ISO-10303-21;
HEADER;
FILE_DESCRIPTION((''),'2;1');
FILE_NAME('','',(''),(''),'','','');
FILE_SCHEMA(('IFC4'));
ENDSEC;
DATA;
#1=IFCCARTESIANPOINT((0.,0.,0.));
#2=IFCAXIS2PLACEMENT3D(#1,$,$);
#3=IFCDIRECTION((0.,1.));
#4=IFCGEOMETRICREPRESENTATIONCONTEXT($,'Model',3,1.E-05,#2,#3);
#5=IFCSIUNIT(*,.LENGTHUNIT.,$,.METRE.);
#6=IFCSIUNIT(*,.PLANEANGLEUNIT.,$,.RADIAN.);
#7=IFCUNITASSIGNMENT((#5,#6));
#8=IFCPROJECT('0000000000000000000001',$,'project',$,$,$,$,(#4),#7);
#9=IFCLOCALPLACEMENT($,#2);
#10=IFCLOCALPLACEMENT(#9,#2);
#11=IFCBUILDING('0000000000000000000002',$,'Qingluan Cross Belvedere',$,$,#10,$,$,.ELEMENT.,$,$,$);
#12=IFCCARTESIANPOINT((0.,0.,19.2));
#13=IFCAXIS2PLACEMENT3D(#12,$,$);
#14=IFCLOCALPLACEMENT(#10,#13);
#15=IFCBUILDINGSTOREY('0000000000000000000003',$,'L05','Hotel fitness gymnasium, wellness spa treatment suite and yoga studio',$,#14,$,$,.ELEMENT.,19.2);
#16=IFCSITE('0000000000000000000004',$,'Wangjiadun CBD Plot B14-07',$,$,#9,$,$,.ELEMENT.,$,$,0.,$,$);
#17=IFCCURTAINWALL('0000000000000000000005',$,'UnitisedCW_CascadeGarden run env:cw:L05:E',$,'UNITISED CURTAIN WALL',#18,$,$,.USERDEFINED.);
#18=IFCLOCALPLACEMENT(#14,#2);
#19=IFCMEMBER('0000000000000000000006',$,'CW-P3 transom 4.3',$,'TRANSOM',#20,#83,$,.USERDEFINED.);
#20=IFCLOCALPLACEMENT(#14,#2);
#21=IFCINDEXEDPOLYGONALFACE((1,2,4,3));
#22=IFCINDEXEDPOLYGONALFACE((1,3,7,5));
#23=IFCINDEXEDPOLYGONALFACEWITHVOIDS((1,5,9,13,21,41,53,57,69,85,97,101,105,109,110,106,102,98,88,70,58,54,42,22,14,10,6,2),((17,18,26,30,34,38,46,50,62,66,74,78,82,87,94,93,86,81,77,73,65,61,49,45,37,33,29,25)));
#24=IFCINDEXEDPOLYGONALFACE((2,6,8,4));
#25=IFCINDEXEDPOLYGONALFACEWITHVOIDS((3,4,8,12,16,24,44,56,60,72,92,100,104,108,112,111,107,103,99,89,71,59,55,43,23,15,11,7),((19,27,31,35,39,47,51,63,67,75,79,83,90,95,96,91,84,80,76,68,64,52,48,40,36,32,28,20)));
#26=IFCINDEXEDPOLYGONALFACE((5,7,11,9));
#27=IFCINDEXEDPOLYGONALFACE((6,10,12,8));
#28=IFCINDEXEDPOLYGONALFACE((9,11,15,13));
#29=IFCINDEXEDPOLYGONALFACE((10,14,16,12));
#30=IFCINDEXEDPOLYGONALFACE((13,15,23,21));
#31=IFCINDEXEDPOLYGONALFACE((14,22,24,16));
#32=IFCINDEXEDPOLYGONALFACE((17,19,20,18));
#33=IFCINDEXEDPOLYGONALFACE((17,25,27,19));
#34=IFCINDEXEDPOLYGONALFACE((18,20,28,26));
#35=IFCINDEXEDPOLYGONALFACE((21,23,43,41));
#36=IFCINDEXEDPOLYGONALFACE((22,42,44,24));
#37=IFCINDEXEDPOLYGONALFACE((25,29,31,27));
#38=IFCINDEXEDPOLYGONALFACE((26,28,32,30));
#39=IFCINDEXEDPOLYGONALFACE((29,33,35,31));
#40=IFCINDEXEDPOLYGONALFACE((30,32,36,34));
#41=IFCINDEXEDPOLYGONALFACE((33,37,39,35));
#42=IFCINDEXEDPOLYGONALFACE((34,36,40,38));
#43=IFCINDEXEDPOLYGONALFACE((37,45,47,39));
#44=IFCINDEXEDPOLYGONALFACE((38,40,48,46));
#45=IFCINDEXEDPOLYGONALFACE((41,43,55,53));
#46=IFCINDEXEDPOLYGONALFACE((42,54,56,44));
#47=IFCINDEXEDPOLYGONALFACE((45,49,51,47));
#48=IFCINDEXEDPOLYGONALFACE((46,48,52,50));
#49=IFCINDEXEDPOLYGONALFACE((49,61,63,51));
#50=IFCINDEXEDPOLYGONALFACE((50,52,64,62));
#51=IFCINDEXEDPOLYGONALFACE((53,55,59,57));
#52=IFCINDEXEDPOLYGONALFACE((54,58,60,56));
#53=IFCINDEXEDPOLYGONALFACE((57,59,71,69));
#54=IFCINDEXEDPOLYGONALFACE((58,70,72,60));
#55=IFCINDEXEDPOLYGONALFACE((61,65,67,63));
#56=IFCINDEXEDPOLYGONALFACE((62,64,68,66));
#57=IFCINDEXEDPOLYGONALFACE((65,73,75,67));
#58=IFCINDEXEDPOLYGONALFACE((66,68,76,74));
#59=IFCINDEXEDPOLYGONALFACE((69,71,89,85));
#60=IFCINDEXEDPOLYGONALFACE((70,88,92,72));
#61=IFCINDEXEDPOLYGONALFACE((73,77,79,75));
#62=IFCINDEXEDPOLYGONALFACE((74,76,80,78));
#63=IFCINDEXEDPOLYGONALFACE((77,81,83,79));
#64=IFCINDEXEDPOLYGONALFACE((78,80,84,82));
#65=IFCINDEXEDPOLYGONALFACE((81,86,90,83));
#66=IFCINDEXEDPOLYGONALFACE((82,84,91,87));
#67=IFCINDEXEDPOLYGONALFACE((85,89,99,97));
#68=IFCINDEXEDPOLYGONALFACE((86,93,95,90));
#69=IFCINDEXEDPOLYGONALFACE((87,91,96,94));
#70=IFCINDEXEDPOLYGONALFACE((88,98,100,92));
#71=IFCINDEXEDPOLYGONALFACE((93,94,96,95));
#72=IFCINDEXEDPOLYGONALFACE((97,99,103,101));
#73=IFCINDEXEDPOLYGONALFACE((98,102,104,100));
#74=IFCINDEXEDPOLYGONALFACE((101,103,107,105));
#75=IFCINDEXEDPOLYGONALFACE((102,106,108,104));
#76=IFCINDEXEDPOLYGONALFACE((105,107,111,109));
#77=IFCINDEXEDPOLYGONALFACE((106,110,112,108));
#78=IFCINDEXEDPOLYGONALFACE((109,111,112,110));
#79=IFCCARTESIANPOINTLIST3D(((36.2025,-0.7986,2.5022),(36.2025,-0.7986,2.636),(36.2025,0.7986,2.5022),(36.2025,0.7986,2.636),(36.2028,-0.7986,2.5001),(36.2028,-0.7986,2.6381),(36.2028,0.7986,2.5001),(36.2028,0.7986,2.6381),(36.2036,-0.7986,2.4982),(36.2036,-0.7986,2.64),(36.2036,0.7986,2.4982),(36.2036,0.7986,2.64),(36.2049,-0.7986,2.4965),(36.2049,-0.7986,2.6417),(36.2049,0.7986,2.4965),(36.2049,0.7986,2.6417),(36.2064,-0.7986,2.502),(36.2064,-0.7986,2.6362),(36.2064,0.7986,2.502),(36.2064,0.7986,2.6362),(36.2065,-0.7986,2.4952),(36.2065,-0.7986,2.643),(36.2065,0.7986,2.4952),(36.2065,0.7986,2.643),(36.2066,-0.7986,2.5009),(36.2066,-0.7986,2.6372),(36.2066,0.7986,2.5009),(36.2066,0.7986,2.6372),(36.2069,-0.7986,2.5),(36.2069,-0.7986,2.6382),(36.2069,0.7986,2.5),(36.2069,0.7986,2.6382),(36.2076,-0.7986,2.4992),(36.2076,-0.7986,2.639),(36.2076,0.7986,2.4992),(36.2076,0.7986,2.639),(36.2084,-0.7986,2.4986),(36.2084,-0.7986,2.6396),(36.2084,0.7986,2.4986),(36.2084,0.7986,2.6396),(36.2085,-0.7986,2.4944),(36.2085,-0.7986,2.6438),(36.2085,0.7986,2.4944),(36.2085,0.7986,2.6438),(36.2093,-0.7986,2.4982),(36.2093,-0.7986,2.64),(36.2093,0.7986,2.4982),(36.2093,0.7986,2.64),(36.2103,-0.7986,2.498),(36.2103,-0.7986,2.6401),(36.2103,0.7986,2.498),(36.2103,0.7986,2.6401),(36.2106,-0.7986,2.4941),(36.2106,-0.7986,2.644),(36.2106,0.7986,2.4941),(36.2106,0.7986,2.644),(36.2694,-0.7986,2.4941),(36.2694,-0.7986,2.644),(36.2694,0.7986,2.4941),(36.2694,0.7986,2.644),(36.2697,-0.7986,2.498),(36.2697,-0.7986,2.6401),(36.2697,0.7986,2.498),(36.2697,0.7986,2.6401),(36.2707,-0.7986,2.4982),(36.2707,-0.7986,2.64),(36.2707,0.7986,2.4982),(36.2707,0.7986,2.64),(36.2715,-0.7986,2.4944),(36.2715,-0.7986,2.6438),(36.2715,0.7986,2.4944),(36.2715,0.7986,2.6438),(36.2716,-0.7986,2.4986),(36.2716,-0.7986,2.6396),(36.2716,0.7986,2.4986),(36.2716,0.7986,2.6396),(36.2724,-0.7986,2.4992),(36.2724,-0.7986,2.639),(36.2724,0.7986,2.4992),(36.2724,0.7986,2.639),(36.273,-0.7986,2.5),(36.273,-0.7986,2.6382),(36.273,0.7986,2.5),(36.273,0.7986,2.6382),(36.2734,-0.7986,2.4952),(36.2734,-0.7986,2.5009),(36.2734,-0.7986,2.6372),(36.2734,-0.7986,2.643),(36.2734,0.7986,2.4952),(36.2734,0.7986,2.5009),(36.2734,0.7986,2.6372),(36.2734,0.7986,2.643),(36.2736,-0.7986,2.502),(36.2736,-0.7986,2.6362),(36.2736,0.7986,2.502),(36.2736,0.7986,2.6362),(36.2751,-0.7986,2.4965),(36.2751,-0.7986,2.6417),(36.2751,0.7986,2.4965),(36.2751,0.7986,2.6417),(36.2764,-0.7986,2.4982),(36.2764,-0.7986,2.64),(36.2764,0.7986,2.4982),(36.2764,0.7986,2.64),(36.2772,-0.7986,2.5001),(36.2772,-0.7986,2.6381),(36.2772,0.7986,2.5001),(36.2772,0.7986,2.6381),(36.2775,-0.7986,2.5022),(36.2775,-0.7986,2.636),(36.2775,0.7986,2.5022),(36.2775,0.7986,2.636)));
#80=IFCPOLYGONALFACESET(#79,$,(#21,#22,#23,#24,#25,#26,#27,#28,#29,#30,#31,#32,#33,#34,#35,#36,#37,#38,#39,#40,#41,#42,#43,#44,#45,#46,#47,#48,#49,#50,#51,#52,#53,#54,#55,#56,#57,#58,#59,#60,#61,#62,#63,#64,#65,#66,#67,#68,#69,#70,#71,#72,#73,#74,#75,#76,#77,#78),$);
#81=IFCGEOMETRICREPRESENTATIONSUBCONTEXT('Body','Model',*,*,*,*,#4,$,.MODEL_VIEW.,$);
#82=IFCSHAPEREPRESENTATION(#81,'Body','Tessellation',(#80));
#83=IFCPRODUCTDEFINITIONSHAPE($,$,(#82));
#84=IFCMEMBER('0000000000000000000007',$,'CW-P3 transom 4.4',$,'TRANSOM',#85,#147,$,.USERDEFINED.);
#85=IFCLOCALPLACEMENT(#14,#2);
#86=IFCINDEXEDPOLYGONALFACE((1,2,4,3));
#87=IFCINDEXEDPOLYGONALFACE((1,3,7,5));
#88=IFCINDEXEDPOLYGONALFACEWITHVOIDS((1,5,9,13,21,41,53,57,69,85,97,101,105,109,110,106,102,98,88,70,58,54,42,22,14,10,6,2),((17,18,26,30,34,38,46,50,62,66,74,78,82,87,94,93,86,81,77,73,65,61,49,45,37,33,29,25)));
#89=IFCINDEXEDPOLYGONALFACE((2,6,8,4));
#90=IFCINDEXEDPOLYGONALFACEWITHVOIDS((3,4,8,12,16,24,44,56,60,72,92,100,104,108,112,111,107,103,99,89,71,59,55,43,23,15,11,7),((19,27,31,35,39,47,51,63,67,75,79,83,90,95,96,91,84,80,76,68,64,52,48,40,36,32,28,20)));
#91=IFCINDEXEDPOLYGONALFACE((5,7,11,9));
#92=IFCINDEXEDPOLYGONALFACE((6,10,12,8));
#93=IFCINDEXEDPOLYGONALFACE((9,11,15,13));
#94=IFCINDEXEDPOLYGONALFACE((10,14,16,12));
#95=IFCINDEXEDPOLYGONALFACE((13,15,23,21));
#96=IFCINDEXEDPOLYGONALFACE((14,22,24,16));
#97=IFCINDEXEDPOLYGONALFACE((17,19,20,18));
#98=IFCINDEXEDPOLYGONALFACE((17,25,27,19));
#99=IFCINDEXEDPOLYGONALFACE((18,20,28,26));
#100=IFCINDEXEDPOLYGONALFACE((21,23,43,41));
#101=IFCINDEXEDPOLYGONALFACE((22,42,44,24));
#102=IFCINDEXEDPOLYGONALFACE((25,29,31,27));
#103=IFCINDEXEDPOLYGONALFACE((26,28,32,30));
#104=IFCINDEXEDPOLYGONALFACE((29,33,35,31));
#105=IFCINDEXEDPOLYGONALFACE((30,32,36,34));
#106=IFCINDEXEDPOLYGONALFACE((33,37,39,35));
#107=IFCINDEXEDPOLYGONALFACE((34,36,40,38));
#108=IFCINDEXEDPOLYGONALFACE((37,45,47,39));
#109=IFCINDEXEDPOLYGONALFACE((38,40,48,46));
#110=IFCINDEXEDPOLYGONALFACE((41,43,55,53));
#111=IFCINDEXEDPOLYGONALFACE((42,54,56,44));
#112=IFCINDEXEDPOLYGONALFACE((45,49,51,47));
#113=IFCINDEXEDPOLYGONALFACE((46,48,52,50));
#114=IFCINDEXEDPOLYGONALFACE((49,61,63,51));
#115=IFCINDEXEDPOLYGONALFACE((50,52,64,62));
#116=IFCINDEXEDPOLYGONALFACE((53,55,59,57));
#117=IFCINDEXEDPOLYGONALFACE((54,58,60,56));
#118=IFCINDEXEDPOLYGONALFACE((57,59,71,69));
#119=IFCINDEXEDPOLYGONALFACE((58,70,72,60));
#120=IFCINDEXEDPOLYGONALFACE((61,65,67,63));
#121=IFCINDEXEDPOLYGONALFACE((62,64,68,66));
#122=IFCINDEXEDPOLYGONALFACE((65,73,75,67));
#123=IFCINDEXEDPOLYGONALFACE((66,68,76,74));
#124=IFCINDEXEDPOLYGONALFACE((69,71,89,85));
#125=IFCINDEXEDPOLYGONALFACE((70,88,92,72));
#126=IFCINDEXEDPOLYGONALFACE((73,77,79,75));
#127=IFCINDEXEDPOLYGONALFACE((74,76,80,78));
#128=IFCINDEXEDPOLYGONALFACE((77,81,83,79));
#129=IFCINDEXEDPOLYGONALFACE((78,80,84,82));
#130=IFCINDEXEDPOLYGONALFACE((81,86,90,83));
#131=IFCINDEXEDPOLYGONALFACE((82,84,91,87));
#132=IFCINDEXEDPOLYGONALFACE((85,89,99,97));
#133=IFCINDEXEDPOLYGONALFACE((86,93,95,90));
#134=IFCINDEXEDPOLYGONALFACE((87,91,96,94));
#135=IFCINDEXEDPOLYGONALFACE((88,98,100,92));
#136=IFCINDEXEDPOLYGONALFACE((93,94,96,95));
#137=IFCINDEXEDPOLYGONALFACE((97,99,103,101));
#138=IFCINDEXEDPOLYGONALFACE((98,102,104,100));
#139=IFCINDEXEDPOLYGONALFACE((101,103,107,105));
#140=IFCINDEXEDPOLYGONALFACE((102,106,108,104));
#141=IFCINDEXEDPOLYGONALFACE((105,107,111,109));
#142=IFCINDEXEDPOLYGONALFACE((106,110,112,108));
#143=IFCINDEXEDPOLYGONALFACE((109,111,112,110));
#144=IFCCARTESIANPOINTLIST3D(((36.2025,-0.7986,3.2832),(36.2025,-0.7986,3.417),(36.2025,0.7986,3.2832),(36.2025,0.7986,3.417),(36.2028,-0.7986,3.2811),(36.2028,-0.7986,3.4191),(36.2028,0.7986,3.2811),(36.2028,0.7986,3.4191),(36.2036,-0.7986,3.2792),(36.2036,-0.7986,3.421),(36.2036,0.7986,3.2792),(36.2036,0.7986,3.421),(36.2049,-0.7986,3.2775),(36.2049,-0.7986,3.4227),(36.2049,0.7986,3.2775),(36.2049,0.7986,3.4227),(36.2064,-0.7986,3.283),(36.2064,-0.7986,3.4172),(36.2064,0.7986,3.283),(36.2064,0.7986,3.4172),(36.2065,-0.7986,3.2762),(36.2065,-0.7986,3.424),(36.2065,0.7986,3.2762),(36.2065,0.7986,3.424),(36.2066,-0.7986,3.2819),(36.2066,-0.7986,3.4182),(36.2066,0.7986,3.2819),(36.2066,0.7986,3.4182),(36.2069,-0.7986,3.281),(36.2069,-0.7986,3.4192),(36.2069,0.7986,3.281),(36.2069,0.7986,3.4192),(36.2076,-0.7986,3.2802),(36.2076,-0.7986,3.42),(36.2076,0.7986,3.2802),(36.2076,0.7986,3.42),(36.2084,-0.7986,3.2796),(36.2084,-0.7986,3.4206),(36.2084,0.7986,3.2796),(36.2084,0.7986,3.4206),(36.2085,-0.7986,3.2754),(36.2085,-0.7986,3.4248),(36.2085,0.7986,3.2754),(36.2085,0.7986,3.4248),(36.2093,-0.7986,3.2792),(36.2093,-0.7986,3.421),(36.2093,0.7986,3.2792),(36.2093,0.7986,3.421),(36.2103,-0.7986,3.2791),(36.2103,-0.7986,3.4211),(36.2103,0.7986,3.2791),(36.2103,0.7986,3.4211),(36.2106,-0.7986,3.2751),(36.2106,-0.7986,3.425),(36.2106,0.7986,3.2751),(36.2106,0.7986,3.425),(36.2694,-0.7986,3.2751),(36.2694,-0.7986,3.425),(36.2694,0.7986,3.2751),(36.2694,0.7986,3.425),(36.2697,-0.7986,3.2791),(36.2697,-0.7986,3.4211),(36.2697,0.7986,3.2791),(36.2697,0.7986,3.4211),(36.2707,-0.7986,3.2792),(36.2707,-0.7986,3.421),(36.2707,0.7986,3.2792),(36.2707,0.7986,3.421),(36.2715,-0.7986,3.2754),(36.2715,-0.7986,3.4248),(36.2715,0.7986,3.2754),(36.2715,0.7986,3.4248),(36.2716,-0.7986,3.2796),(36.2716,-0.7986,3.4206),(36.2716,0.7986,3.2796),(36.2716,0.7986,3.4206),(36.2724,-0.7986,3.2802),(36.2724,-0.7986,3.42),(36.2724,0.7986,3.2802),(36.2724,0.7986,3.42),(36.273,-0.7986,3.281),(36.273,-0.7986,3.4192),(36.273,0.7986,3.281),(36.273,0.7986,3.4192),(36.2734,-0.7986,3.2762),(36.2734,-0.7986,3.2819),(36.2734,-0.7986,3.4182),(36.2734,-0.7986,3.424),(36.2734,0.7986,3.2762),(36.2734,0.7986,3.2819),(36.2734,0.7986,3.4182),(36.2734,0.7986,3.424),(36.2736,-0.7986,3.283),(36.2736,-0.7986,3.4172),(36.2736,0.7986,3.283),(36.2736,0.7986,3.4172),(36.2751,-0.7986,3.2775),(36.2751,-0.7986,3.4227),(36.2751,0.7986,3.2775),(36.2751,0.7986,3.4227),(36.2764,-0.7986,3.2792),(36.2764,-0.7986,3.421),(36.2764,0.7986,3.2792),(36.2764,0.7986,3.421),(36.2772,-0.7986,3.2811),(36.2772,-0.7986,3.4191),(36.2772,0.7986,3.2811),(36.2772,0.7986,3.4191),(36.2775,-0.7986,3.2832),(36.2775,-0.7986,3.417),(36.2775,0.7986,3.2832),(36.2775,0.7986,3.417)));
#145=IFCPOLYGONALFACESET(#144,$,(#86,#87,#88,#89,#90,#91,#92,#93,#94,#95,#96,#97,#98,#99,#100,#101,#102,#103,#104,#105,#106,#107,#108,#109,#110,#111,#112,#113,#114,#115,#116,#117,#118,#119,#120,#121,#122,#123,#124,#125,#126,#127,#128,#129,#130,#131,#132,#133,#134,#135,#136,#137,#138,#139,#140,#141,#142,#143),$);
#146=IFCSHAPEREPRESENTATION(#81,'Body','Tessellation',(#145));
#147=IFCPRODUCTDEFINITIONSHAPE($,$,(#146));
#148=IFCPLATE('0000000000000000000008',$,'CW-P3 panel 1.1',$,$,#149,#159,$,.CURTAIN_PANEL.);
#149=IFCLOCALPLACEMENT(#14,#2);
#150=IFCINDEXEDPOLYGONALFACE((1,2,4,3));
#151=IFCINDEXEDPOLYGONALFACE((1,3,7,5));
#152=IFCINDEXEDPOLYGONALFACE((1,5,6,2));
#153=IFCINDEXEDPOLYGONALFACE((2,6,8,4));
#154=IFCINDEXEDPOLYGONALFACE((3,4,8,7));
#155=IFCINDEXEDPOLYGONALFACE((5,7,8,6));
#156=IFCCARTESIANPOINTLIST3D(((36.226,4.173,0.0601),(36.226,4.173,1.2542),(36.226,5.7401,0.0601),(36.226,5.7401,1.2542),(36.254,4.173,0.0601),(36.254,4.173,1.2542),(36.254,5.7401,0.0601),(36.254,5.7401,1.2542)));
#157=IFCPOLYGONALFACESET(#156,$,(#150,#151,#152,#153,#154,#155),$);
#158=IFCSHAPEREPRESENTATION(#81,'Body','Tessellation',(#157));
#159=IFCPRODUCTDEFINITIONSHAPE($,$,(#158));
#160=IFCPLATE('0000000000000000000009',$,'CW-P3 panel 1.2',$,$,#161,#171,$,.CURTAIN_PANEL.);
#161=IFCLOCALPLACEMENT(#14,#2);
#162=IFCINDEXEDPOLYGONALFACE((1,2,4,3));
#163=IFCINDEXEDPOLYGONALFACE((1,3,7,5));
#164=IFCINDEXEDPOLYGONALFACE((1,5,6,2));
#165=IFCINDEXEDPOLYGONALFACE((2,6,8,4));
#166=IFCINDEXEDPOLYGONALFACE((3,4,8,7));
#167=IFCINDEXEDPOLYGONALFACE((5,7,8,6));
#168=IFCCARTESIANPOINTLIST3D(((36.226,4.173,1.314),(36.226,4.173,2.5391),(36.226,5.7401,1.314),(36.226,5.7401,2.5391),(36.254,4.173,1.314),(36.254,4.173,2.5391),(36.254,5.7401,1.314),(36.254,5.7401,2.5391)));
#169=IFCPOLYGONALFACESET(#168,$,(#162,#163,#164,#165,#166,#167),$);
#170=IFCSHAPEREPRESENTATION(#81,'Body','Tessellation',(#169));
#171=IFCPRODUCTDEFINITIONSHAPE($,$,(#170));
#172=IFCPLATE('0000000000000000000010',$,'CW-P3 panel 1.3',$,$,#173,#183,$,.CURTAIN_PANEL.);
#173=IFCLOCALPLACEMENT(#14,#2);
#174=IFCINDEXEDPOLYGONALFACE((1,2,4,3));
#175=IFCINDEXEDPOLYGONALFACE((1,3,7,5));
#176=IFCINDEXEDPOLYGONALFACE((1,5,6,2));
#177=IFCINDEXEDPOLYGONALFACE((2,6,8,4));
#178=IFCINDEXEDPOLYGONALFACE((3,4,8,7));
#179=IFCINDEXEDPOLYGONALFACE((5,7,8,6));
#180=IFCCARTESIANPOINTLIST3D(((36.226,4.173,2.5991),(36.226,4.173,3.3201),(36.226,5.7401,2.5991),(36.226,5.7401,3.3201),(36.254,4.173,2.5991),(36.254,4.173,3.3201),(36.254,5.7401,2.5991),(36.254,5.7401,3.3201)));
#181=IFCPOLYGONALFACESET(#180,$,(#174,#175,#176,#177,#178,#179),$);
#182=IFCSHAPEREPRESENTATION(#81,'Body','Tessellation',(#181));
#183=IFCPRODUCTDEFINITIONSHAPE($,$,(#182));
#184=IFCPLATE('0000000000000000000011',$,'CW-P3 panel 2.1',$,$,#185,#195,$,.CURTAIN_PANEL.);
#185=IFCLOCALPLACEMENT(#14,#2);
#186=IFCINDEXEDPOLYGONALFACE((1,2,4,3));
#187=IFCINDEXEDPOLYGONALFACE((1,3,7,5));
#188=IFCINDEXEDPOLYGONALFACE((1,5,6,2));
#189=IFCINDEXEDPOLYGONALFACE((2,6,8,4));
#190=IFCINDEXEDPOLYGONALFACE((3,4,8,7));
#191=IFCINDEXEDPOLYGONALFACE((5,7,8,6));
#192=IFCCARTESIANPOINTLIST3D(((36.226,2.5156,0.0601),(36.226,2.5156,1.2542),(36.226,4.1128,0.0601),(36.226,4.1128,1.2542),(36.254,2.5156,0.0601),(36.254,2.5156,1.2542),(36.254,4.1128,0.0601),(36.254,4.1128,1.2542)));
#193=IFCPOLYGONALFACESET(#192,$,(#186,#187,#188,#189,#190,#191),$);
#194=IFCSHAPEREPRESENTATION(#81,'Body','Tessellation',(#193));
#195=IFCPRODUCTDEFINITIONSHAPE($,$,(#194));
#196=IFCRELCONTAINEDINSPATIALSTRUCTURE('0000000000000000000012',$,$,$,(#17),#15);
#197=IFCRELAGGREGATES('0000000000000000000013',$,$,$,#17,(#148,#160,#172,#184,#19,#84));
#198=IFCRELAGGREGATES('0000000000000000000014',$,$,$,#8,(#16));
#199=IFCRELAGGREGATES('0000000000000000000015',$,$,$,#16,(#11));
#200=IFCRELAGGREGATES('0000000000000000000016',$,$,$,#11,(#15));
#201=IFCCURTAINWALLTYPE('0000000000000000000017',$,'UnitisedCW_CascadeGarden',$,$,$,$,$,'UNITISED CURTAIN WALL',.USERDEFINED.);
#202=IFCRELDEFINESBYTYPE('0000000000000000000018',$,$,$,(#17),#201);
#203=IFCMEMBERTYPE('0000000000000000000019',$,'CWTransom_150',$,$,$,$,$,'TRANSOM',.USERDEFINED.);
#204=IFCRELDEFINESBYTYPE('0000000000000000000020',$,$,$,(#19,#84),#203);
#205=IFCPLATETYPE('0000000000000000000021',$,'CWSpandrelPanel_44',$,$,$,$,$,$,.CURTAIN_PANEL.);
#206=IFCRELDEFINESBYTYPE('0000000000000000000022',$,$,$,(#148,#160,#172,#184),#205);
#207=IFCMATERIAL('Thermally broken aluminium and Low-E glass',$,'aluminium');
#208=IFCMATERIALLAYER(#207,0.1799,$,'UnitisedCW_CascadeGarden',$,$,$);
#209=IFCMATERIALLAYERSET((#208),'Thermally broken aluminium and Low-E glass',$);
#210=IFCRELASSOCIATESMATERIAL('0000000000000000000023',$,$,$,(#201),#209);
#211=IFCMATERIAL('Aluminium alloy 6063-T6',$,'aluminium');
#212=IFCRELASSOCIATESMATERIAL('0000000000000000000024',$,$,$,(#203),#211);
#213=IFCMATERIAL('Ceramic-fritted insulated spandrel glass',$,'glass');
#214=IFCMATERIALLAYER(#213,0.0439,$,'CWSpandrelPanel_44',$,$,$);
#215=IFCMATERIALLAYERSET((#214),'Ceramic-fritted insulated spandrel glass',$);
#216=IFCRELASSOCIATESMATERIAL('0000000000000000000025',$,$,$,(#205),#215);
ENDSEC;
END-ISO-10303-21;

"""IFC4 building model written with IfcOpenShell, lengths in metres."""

from ifc_helpers import new_model, si_unit, direction, frame, origin, origin_2d, place, context, subcontext, project, spatial, rectangle, hollow_rectangle, extrude, material, layer, layer_set, material_profile, profile_set, type_object, element, aggregate, save


model = new_model("IFC4")

# Units and contexts
model_context = context("Model", 3, precision=1e-05, world=origin(), true_north=direction((0.0, 1.0)))
body_context = subcontext(model_context, "Body", "Model", "MODEL_VIEW")
ifc_project = project(units=[si_unit("LENGTHUNIT", "METRE"), si_unit("PLANEANGLEUNIT", "RADIAN")], contexts=[model_context])

# Site, building, storey
site_placement = place(None, origin())
site = spatial("IfcSite", under=ifc_project, at=site_placement, Name="Wangjiadun CBD Plot B14-07", CompositionType="ELEMENT", RefElevation=0.0)
building_placement = place(site_placement, origin())
building = spatial("IfcBuilding", under=site, at=building_placement, Name="Qingluan Cross Belvedere", CompositionType="ELEMENT")
storey_placement = place(building_placement, frame((0.0, 0.0, 19.2)))
storey = spatial("IfcBuildingStorey", under=building, at=storey_placement, Name="L05", Description="Hotel fitness gymnasium, wellness spa treatment suite and yoga studio", CompositionType="ELEMENT", Elevation=19.2)

# Curtain wall, members, plates
ifc_material_1 = material(Name="Thermally broken aluminium and Low-E glass", Category="aluminium")
ifc_layer_1 = layer(ifc_material_1, 0.1799, Name="UnitisedCW_CascadeGarden")
ifc_layer_set_1 = layer_set([ifc_layer_1], Name="Thermally broken aluminium and Low-E glass")
curtain_wall_type = type_object("IfcCurtainWallType", Name="UnitisedCW_CascadeGarden", ElementType="UNITISED CURTAIN WALL", PredefinedType="USERDEFINED", material=ifc_layer_set_1)
curtain_wall_placement = place(storey_placement, origin())
curtain_wall = element("IfcCurtainWall", 1, at=curtain_wall_placement, inside=storey, type_object=curtain_wall_type, Name="UnitisedCW_CascadeGarden run env:cw:L05:E", ObjectType="UNITISED CURTAIN WALL", PredefinedType="USERDEFINED")
ifc_material_2 = material(Name="Aluminium alloy 6063-T6", Category="aluminium")
ifc_material_profile_1 = material_profile(ifc_material_2, hollow_rectangle(XDim=0.075, YDim=0.1499, WallThickness=0.0039, InnerFilletRadius=0.0039, OuterFilletRadius=0.0081, at=origin_2d()), Name="CWT150x75x4")
ifc_profile_set_1 = profile_set([ifc_material_profile_1], Name="Aluminium alloy 6063-T6")
member_type_1 = type_object("IfcMemberType", Name="CWTransom_150", ElementType="TRANSOM", PredefinedType="USERDEFINED", material=ifc_profile_set_1)
member_1_placement = place(storey_placement, frame((36.24, 0.7986, 2.5691), z_axis=(0.0, -1.0, 0.0), x_axis=(1.0, 0.0, 0.0)))
member_1 = element("IfcMember", 2, at=member_1_placement, type_object=member_type_1, Name="CW-P3 transom 4.3", ObjectType="TRANSOM", PredefinedType="USERDEFINED", context=body_context, shape_type="SweptSolid", body=[
    extrude(hollow_rectangle(XDim=0.075, YDim=0.1499, WallThickness=0.0039, InnerFilletRadius=0.0039, OuterFilletRadius=0.0081, at=origin_2d()), origin(), (0.0, 0.0, 1.0), 1.5972),
])
member_2_placement = place(storey_placement, frame((36.24, 0.7986, 3.3501), z_axis=(0.0, -1.0, 0.0), x_axis=(1.0, 0.0, 0.0)))
member_2 = element("IfcMember", 3, at=member_2_placement, type_object=member_type_1, Name="CW-P3 transom 4.4", ObjectType="TRANSOM", PredefinedType="USERDEFINED", context=body_context, shape_type="SweptSolid", body=[
    extrude(hollow_rectangle(XDim=0.075, YDim=0.1499, WallThickness=0.0039, InnerFilletRadius=0.0039, OuterFilletRadius=0.0081, at=origin_2d()), origin(), (0.0, 0.0, 1.0), 1.5972),
])
ifc_material_3 = material(Name="Ceramic-fritted insulated spandrel glass", Category="glass")
ifc_layer_2 = layer(ifc_material_3, 0.0439, Name="CWSpandrelPanel_44")
ifc_layer_set_2 = layer_set([ifc_layer_2], Name="Ceramic-fritted insulated spandrel glass")
plate_type = type_object("IfcPlateType", Name="CWSpandrelPanel_44", PredefinedType="CURTAIN_PANEL", material=ifc_layer_set_2)
plate_1_placement = place(storey_placement, frame((36.24, 4.9565, 0.0601), z_axis=(0.0, 0.0, 1.0), x_axis=(0.0, -1.0, 0.0)))
plate_1 = element("IfcPlate", 4, at=plate_1_placement, type_object=plate_type, Name="CW-P3 panel 1.1", PredefinedType="CURTAIN_PANEL", context=body_context, shape_type="SweptSolid", body=[
    extrude(rectangle(XDim=1.5671, YDim=0.0281, at=origin_2d()), origin(), (0.0, 0.0, 1.0), 1.1941),
])
plate_2_placement = place(storey_placement, frame((36.24, 4.9565, 1.314), z_axis=(0.0, 0.0, 1.0), x_axis=(0.0, -1.0, 0.0)))
plate_2 = element("IfcPlate", 5, at=plate_2_placement, type_object=plate_type, Name="CW-P3 panel 1.2", PredefinedType="CURTAIN_PANEL", context=body_context, shape_type="SweptSolid", body=[
    extrude(rectangle(XDim=1.5671, YDim=0.0281, at=origin_2d()), origin(), (0.0, 0.0, 1.0), 1.2251),
])
plate_3_placement = place(storey_placement, frame((36.24, 4.9565, 2.5991), z_axis=(0.0, 0.0, 1.0), x_axis=(0.0, -1.0, 0.0)))
plate_3 = element("IfcPlate", 6, at=plate_3_placement, type_object=plate_type, Name="CW-P3 panel 1.3", PredefinedType="CURTAIN_PANEL", context=body_context, shape_type="SweptSolid", body=[
    extrude(rectangle(XDim=1.5671, YDim=0.0281, at=origin_2d()), origin(), (0.0, 0.0, 1.0), 0.7209),
])
plate_4_placement = place(storey_placement, frame((36.24, 3.3142, 0.0601), z_axis=(0.0, 0.0, 1.0), x_axis=(0.0, -1.0, 0.0)))
plate_4 = element("IfcPlate", 7, at=plate_4_placement, type_object=plate_type, Name="CW-P3 panel 2.1", PredefinedType="CURTAIN_PANEL", context=body_context, shape_type="SweptSolid", body=[
    extrude(rectangle(XDim=1.5972, YDim=0.0281, at=origin_2d()), origin(), (0.0, 0.0, 1.0), 1.1941),
])
aggregate(curtain_wall, [plate_1, plate_2, plate_3, plate_4, member_1, member_2])

save(model, "model.ifc")
